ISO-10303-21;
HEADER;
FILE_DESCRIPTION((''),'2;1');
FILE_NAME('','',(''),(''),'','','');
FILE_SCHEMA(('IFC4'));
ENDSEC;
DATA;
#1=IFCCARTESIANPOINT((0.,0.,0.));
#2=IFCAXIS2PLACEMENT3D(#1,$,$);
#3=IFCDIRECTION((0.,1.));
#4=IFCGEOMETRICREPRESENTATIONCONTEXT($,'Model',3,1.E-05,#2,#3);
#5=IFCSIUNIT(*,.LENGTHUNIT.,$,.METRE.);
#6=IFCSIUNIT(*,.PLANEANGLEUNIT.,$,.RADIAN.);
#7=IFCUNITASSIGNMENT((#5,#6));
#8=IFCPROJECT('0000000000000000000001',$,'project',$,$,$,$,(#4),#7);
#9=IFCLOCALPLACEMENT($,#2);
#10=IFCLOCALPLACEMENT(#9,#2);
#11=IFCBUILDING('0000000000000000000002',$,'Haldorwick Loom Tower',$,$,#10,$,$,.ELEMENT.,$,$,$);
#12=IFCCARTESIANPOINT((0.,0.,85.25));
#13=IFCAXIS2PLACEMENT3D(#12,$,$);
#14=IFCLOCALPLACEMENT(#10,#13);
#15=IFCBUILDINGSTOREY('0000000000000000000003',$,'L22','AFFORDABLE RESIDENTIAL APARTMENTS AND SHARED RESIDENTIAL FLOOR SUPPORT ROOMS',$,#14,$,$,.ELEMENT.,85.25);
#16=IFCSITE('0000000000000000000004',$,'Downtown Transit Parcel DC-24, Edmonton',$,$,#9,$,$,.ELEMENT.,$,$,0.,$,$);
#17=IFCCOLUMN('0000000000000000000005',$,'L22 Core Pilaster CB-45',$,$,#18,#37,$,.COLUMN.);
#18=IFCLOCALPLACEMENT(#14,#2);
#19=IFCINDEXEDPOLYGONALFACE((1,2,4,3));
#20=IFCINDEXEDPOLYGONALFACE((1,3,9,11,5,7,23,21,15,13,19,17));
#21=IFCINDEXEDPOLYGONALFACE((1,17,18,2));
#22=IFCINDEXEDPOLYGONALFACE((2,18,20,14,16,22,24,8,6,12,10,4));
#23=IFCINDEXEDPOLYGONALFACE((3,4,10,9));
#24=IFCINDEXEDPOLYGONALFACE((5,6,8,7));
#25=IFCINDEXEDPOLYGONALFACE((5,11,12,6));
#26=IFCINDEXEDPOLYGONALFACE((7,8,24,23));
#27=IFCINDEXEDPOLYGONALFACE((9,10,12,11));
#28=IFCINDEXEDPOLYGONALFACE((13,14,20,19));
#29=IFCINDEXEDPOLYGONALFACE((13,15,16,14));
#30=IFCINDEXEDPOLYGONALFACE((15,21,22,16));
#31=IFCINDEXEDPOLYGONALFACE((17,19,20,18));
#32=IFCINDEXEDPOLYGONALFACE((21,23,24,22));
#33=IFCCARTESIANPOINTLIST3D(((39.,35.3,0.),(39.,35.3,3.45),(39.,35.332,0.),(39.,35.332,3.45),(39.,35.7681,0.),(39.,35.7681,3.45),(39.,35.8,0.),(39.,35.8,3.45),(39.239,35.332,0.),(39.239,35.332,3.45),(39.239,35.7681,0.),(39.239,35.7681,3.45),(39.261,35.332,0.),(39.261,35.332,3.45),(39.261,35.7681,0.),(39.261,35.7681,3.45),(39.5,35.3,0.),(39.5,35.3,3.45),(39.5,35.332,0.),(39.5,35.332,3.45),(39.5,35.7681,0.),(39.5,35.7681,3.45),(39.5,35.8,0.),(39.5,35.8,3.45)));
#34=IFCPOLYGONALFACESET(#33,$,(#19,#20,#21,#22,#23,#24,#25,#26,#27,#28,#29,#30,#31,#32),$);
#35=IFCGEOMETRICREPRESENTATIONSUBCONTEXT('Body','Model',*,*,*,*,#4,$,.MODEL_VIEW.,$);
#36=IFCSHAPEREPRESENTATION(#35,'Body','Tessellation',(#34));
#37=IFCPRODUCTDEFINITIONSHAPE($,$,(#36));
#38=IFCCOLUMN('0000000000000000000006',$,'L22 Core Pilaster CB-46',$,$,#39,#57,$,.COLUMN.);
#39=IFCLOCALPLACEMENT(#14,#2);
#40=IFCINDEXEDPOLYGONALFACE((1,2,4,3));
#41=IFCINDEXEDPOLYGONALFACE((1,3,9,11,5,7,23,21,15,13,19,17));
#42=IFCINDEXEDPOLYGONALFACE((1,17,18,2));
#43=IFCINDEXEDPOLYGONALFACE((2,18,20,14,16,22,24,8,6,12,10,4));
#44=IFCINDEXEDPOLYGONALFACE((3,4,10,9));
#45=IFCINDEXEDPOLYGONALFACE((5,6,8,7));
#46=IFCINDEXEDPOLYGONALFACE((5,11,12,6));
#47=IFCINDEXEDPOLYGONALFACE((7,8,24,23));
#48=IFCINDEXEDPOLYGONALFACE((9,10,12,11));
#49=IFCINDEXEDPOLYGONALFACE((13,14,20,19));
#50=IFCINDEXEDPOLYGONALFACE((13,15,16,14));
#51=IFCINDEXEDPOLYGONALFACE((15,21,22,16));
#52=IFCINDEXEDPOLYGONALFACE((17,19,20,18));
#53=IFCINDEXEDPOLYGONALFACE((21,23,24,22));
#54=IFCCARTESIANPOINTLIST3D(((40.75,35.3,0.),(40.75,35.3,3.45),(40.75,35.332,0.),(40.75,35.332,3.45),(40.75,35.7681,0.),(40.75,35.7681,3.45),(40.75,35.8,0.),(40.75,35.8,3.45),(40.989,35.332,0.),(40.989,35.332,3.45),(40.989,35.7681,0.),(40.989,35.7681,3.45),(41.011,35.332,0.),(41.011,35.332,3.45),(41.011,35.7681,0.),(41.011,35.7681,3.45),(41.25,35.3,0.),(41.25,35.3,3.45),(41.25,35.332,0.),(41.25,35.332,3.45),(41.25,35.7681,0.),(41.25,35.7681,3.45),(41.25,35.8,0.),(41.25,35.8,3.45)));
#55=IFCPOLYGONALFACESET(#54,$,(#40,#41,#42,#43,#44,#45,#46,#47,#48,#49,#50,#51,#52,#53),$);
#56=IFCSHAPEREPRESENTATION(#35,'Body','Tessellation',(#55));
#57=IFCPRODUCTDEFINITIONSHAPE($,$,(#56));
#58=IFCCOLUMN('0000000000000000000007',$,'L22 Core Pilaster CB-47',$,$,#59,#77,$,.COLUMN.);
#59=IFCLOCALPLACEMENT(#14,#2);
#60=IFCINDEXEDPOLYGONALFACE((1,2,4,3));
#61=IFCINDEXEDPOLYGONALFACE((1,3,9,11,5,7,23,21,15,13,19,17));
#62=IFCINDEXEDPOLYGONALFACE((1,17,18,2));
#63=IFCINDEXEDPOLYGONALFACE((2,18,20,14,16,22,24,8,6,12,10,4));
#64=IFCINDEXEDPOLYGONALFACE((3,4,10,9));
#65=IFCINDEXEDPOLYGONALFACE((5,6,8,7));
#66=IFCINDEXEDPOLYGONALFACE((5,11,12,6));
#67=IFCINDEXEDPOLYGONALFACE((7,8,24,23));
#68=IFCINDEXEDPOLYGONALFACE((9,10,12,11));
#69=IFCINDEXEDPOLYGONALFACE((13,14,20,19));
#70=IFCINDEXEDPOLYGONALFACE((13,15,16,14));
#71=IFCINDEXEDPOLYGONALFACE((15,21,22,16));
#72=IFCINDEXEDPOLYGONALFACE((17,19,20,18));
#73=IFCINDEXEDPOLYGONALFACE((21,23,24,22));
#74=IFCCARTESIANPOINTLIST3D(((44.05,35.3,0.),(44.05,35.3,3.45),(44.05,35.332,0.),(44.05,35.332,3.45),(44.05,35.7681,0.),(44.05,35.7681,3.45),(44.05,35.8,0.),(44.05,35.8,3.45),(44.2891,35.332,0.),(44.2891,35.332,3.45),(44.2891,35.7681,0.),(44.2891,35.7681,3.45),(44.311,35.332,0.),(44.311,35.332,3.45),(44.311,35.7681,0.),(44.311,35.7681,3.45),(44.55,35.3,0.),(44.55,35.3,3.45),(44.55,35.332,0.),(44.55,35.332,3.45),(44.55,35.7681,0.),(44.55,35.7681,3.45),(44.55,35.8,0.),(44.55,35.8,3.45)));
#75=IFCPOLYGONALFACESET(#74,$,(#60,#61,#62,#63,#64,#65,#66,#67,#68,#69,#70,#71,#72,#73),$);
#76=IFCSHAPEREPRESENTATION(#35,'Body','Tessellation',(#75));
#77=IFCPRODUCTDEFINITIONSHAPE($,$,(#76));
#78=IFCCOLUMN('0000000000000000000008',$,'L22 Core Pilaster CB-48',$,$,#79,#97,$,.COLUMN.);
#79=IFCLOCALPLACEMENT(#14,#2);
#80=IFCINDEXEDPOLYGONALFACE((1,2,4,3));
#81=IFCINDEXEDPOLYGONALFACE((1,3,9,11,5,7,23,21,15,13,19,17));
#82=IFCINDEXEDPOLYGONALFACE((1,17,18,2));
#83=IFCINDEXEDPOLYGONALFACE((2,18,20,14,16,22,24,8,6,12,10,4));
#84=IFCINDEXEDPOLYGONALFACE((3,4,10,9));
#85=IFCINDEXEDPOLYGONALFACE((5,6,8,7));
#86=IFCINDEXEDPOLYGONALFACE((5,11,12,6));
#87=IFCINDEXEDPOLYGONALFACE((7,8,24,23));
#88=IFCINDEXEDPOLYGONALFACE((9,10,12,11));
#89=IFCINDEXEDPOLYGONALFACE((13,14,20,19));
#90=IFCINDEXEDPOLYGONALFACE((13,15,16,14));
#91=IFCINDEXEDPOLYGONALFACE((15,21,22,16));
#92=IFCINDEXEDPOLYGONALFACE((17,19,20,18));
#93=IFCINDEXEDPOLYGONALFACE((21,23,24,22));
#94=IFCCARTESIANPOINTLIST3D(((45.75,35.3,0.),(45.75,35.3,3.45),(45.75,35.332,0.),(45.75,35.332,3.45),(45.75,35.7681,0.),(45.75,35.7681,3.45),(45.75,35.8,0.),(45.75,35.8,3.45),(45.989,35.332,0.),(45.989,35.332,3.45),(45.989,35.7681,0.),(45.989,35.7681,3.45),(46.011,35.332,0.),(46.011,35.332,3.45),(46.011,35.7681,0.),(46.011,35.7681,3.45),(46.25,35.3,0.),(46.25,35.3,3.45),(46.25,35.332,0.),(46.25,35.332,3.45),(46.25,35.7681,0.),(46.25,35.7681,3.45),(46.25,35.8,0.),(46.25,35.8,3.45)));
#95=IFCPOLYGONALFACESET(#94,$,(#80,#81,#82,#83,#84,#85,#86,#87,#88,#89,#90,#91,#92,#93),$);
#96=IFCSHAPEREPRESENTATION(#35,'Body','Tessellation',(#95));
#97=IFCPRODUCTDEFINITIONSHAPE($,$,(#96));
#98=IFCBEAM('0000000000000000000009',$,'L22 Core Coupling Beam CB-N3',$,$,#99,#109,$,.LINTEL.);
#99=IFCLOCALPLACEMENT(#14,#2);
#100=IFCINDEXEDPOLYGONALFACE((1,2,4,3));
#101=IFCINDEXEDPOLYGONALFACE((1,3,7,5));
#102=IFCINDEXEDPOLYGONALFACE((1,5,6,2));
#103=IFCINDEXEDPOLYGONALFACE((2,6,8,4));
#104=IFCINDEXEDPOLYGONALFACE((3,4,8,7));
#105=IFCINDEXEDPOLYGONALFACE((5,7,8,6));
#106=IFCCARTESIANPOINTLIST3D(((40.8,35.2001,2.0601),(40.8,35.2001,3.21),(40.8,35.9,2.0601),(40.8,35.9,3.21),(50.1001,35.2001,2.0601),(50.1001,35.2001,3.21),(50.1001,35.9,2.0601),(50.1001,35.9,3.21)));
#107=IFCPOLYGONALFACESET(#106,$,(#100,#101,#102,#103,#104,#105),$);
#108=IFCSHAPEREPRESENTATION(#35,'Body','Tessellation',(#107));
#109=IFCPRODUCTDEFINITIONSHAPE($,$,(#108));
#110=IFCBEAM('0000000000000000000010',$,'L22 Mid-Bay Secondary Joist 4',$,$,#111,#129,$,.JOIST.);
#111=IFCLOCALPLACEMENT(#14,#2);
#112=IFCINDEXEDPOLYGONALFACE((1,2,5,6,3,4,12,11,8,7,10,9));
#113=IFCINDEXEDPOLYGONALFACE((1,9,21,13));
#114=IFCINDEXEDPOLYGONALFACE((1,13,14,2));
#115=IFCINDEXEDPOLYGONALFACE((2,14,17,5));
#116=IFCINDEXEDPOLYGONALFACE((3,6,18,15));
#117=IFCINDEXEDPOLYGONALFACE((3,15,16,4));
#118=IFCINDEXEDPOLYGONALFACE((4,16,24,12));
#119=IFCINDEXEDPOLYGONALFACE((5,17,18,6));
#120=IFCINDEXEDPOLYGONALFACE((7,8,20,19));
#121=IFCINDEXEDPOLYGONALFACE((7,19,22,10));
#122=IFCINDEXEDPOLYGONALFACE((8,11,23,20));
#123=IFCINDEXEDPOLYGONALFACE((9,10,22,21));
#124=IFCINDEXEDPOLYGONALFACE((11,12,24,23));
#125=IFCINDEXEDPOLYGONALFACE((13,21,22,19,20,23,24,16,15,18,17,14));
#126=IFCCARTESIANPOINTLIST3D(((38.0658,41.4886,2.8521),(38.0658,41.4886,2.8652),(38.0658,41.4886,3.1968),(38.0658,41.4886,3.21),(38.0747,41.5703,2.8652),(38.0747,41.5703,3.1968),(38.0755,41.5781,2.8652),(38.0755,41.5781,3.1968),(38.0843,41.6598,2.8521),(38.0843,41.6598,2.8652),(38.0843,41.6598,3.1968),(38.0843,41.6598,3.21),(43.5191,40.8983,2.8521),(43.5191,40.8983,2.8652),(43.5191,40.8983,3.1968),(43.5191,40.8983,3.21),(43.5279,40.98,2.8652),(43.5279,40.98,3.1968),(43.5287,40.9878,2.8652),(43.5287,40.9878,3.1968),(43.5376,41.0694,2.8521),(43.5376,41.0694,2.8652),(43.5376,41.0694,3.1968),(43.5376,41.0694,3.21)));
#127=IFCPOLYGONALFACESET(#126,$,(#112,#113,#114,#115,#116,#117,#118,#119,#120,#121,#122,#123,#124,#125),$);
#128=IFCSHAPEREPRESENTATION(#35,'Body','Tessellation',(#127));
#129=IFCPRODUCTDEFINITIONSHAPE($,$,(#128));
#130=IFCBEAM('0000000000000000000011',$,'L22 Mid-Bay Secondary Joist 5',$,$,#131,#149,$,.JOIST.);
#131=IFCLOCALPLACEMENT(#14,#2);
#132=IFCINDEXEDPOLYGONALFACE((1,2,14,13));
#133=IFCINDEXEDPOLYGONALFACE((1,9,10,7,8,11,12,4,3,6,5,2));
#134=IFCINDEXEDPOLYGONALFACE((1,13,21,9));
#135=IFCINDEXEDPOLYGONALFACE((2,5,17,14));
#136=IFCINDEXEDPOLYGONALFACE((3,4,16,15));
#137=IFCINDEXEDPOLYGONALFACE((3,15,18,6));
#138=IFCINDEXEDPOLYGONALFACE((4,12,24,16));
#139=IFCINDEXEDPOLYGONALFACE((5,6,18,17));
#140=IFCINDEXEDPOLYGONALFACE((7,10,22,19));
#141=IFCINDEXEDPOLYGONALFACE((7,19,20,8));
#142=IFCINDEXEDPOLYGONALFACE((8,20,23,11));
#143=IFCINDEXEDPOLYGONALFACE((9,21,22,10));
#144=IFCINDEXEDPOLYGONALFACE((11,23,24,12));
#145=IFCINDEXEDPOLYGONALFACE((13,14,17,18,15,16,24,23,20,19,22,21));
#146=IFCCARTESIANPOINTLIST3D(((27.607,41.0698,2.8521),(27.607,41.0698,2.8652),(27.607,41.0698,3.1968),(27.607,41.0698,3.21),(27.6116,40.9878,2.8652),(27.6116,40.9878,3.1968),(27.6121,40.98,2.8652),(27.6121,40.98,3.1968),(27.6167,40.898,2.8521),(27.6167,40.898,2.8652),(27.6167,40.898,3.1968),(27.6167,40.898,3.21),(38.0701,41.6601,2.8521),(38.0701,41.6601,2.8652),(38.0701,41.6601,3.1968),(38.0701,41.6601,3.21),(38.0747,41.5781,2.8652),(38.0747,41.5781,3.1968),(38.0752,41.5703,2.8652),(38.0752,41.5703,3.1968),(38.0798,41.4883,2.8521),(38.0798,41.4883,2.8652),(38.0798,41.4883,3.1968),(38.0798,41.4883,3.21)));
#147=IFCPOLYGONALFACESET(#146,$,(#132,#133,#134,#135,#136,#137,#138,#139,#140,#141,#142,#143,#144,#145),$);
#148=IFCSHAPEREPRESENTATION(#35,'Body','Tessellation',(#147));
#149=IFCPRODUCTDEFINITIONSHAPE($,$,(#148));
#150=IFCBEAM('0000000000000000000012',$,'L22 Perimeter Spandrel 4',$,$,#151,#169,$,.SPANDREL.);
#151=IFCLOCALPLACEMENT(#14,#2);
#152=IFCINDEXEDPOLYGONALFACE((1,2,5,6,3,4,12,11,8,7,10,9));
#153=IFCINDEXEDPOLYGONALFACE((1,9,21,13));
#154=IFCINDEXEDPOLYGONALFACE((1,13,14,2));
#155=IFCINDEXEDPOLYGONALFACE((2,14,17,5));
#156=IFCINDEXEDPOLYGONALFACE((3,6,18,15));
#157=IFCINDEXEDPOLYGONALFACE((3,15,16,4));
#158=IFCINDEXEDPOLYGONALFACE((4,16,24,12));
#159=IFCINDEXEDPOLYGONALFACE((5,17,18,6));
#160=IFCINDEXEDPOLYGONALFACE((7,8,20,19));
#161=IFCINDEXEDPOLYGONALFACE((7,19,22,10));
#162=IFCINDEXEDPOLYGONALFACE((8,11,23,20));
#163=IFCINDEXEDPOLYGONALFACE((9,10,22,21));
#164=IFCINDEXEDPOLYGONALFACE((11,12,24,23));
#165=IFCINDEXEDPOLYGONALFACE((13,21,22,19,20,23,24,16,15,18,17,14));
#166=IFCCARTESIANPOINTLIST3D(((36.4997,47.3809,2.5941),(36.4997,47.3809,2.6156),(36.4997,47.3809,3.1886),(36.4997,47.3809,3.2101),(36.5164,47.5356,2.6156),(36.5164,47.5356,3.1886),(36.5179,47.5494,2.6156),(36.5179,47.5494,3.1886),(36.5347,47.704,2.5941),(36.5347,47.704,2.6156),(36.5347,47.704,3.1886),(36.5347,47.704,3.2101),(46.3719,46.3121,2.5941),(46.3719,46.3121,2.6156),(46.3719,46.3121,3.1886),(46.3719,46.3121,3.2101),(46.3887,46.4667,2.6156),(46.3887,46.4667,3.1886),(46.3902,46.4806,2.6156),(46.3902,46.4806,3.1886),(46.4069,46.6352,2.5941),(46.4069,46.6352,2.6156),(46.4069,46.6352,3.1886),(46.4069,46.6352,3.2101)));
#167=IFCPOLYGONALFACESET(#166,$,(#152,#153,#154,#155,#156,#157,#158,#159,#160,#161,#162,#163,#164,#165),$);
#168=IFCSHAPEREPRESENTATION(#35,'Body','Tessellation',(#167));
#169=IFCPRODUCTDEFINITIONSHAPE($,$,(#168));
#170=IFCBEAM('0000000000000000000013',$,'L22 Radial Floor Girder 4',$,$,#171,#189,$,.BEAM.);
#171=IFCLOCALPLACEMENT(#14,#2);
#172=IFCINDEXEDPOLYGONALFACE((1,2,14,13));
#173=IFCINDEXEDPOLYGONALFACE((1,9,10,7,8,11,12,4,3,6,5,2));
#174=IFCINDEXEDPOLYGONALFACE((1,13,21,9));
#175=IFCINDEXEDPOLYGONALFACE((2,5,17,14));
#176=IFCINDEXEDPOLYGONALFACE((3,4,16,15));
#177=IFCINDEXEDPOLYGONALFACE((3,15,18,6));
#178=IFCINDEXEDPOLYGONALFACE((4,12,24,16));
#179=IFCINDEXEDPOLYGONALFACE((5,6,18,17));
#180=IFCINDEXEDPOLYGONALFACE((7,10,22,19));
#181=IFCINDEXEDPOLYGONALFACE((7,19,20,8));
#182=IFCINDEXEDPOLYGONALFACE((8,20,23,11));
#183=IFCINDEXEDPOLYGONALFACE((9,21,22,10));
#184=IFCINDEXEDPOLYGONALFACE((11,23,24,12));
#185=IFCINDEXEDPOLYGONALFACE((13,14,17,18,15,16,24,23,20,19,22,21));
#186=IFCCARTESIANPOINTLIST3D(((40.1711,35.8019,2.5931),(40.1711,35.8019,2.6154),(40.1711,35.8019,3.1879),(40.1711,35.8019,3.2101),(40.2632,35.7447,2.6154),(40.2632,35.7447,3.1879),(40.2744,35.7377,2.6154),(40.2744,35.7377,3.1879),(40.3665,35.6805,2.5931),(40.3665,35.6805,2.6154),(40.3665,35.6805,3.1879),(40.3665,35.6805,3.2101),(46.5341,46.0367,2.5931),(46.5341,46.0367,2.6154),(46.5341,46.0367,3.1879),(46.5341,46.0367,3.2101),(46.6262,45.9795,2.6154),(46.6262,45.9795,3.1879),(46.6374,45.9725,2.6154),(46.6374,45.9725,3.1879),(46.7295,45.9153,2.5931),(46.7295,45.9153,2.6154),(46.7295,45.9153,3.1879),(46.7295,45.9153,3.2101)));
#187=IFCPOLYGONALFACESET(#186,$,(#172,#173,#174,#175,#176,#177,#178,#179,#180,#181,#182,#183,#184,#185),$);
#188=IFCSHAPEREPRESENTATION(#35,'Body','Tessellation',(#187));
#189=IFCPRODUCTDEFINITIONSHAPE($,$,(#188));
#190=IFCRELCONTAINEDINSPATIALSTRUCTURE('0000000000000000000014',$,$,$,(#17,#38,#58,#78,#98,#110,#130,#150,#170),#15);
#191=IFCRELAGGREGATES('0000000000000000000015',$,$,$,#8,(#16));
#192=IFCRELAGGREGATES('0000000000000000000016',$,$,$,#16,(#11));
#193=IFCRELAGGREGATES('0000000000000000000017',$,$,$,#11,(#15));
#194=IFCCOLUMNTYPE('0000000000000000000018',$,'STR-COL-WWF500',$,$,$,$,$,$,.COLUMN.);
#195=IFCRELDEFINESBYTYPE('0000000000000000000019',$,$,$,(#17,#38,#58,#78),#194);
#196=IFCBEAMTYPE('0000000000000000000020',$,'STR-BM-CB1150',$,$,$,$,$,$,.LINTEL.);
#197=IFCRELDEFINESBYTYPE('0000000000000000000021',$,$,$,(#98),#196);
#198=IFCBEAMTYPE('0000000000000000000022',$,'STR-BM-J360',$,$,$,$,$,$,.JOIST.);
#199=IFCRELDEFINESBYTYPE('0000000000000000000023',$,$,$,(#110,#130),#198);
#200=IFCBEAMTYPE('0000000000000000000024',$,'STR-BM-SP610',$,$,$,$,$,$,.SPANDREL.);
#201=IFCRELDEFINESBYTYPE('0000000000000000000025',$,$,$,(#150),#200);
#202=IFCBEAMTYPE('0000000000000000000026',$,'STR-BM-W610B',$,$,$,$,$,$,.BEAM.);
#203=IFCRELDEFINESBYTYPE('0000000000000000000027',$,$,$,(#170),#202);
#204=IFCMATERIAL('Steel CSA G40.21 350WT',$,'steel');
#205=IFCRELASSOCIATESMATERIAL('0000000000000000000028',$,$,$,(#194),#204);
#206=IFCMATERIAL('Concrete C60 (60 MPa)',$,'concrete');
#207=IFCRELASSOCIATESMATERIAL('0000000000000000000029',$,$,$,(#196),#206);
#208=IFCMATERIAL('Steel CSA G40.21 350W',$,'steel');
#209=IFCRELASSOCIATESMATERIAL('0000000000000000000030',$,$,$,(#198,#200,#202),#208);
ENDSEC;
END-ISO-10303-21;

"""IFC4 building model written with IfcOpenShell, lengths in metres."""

from ifc_helpers import new_model, si_unit, direction, frame, origin, origin_2d, place, context, subcontext, project, spatial, rectangle, i_section, extrude, material, material_profile, profile_set, type_object, element, save


model = new_model("IFC4")

# Units and contexts
model_context = context("Model", 3, precision=1e-05, world=origin(), true_north=direction((0.0, 1.0)))
body_context = subcontext(model_context, "Body", "Model", "MODEL_VIEW")
ifc_project = project(units=[si_unit("LENGTHUNIT", "METRE"), si_unit("PLANEANGLEUNIT", "RADIAN")], contexts=[model_context])

# Site, building, storey
site_placement = place(None, origin())
site = spatial("IfcSite", under=ifc_project, at=site_placement, Name="Downtown Transit Parcel DC-24, Edmonton", CompositionType="ELEMENT", RefElevation=0.0)
building_placement = place(site_placement, origin())
building = spatial("IfcBuilding", under=site, at=building_placement, Name="Haldorwick Loom Tower", CompositionType="ELEMENT")
storey_placement = place(building_placement, frame((0.0, 0.0, 85.25)))
storey = spatial("IfcBuildingStorey", under=building, at=storey_placement, Name="L22", Description="AFFORDABLE RESIDENTIAL APARTMENTS AND SHARED RESIDENTIAL FLOOR SUPPORT ROOMS", CompositionType="ELEMENT", Elevation=85.25)

# Columns
ifc_material_1 = material(Name="Concrete C60 (60 MPa)", Category="concrete")
ifc_material_2 = material(Name="Steel CSA G40.21 350WT", Category="steel")
ifc_material_profile_1 = material_profile(ifc_material_2, i_section(OverallWidth=0.5, OverallDepth=0.5, WebThickness=0.022, FlangeThickness=0.032, at=origin_2d()), Name="WWF500X500", Category="steel")
ifc_profile_set_1 = profile_set([ifc_material_profile_1], Name="Steel CSA G40.21 350WT")
column_type_1 = type_object("IfcColumnType", Name="STR-COL-WWF500", PredefinedType="COLUMN", material=ifc_profile_set_1)
for number, where, z_axis, x_axis, name in (
    (1, (39.25, 35.55, 0.0), (0.0, 0.0, 1.0), (1.0, 0.0, 0.0), "L22 Core Pilaster CB-45"),
    (2, (41.0, 35.55, 0.0), (0.0, 0.0, 1.0), (1.0, 0.0, 0.0), "L22 Core Pilaster CB-46"),
    (3, (44.3, 35.55, 0.0), (0.0, 0.0, 1.0), (1.0, 0.0, 0.0), "L22 Core Pilaster CB-47"),
    (4, (46.0, 35.55, 0.0), (0.0, 0.0, 1.0), (1.0, 0.0, 0.0), "L22 Core Pilaster CB-48"),
):
    element("IfcColumn", number, at=place(storey_placement, frame(where, z_axis=z_axis, x_axis=x_axis)), inside=storey, type_object=column_type_1, Name=name, PredefinedType="COLUMN", context=body_context, shape_type="SweptSolid", body=[
        extrude(i_section(OverallWidth=0.5, OverallDepth=0.5, WebThickness=0.022, FlangeThickness=0.032, at=origin_2d()), origin(), (0.0, 0.0, 1.0), 3.45),
    ])

# Beams
ifc_material_profile_2 = material_profile(ifc_material_1, rectangle(XDim=0.7, YDim=1.1499, at=origin_2d()), Name="RC700X1150", Category="concrete")
ifc_profile_set_2 = profile_set([ifc_material_profile_2], Name="Concrete C60 (60 MPa)")
beam_type_1 = type_object("IfcBeamType", Name="STR-BM-CB1150", PredefinedType="LINTEL", material=ifc_profile_set_2)
beam_1_placement = place(storey_placement, frame((40.8, 35.55, 2.635), z_axis=(1.0, 0.0, 0.0), x_axis=(0.0, 1.0, 0.0)))
element("IfcBeam", 5, at=beam_1_placement, inside=storey, type_object=beam_type_1, Name="L22 Core Coupling Beam CB-N3", PredefinedType="LINTEL", context=body_context, shape_type="SweptSolid", body=[
    extrude(rectangle(XDim=0.7, YDim=1.1499, at=origin_2d()), origin(), (0.0, 0.0, 1.0), 9.3),
])
ifc_material_3 = material(Name="Steel CSA G40.21 350W", Category="steel")
ifc_material_profile_3 = material_profile(ifc_material_3, i_section(OverallWidth=0.1721, OverallDepth=0.3579, WebThickness=0.0078, FlangeThickness=0.0132, at=origin_2d()), Name="W360X57", Category="steel")
ifc_profile_set_3 = profile_set([ifc_material_profile_3], Name="Steel CSA G40.21 350W")
beam_type_2 = type_object("IfcBeamType", Name="STR-BM-J360", PredefinedType="JOIST", material=ifc_profile_set_3)
beam_2_placement = place(storey_placement, frame((43.5283, 40.9839, 3.031), z_axis=(-0.994192, 0.107622, 0.0), x_axis=(-0.107622, -0.994192, 0.0)))
element("IfcBeam", 6, at=beam_2_placement, inside=storey, type_object=beam_type_2, Name="L22 Mid-Bay Secondary Joist 4", PredefinedType="JOIST", context=body_context, shape_type="SweptSolid", body=[
    extrude(i_section(OverallWidth=0.1721, OverallDepth=0.3579, WebThickness=0.0078, FlangeThickness=0.0132, at=origin_2d()), origin(), (0.0, 0.0, 1.0), 5.4851),
])
beam_3_placement = place(storey_placement, frame((38.075, 41.5742, 3.031), z_axis=(-0.998412, -0.056331, 0.0), x_axis=(0.056331, -0.998412, 0.0)))
element("IfcBeam", 7, at=beam_3_placement, inside=storey, type_object=beam_type_2, Name="L22 Mid-Bay Secondary Joist 5", PredefinedType="JOIST", context=body_context, shape_type="SweptSolid", body=[
    extrude(i_section(OverallWidth=0.1721, OverallDepth=0.3579, WebThickness=0.0078, FlangeThickness=0.0132, at=origin_2d()), origin(), (0.0, 0.0, 1.0), 10.4797),
])
ifc_material_profile_4 = material_profile(ifc_material_3, i_section(OverallWidth=0.325, OverallDepth=0.616, WebThickness=0.0139, FlangeThickness=0.0215, at=origin_2d()), Name="W610X174", Category="steel")
ifc_profile_set_4 = profile_set([ifc_material_profile_4], Name="Steel CSA G40.21 350W")
beam_type_3 = type_object("IfcBeamType", Name="STR-BM-SP610", PredefinedType="SPANDREL", material=ifc_profile_set_4)
beam_4_placement = place(storey_placement, frame((46.3894, 46.4736, 2.9021), z_axis=(-0.99419, 0.107638, 0.0), x_axis=(-0.107638, -0.99419, 0.0)))
element("IfcBeam", 8, at=beam_4_placement, inside=storey, type_object=beam_type_3, Name="L22 Perimeter Spandrel 4", PredefinedType="SPANDREL", context=body_context, shape_type="SweptSolid", body=[
    extrude(i_section(OverallWidth=0.325, OverallDepth=0.616, WebThickness=0.0139, FlangeThickness=0.0215, at=origin_2d()), origin(), (0.0, 0.0, 1.0), 9.9299),
])
ifc_material_profile_5 = material_profile(ifc_material_3, i_section(OverallWidth=0.23, OverallDepth=0.6169, WebThickness=0.0132, FlangeThickness=0.0222, at=origin_2d()), Name="W610X140", Category="steel")
ifc_profile_set_5 = profile_set([ifc_material_profile_5], Name="Steel CSA G40.21 350W")
beam_type_4 = type_object("IfcBeamType", Name="STR-BM-W610B", PredefinedType="BEAM", material=ifc_profile_set_5)
beam_5_placement = place(storey_placement, frame((40.2688, 35.7412, 2.9016), z_axis=(0.527983, 0.849255, 0.0), x_axis=(-0.849255, 0.527983, 0.0)))
element("IfcBeam", 9, at=beam_5_placement, inside=storey, type_object=beam_type_4, Name="L22 Radial Floor Girder 4", PredefinedType="BEAM", context=body_context, shape_type="SweptSolid", body=[
    extrude(i_section(OverallWidth=0.23, OverallDepth=0.6169, WebThickness=0.0132, FlangeThickness=0.0222, at=origin_2d()), origin(), (0.0, 0.0, 1.0), 12.0515),
])

save(model, "model.ifc")
